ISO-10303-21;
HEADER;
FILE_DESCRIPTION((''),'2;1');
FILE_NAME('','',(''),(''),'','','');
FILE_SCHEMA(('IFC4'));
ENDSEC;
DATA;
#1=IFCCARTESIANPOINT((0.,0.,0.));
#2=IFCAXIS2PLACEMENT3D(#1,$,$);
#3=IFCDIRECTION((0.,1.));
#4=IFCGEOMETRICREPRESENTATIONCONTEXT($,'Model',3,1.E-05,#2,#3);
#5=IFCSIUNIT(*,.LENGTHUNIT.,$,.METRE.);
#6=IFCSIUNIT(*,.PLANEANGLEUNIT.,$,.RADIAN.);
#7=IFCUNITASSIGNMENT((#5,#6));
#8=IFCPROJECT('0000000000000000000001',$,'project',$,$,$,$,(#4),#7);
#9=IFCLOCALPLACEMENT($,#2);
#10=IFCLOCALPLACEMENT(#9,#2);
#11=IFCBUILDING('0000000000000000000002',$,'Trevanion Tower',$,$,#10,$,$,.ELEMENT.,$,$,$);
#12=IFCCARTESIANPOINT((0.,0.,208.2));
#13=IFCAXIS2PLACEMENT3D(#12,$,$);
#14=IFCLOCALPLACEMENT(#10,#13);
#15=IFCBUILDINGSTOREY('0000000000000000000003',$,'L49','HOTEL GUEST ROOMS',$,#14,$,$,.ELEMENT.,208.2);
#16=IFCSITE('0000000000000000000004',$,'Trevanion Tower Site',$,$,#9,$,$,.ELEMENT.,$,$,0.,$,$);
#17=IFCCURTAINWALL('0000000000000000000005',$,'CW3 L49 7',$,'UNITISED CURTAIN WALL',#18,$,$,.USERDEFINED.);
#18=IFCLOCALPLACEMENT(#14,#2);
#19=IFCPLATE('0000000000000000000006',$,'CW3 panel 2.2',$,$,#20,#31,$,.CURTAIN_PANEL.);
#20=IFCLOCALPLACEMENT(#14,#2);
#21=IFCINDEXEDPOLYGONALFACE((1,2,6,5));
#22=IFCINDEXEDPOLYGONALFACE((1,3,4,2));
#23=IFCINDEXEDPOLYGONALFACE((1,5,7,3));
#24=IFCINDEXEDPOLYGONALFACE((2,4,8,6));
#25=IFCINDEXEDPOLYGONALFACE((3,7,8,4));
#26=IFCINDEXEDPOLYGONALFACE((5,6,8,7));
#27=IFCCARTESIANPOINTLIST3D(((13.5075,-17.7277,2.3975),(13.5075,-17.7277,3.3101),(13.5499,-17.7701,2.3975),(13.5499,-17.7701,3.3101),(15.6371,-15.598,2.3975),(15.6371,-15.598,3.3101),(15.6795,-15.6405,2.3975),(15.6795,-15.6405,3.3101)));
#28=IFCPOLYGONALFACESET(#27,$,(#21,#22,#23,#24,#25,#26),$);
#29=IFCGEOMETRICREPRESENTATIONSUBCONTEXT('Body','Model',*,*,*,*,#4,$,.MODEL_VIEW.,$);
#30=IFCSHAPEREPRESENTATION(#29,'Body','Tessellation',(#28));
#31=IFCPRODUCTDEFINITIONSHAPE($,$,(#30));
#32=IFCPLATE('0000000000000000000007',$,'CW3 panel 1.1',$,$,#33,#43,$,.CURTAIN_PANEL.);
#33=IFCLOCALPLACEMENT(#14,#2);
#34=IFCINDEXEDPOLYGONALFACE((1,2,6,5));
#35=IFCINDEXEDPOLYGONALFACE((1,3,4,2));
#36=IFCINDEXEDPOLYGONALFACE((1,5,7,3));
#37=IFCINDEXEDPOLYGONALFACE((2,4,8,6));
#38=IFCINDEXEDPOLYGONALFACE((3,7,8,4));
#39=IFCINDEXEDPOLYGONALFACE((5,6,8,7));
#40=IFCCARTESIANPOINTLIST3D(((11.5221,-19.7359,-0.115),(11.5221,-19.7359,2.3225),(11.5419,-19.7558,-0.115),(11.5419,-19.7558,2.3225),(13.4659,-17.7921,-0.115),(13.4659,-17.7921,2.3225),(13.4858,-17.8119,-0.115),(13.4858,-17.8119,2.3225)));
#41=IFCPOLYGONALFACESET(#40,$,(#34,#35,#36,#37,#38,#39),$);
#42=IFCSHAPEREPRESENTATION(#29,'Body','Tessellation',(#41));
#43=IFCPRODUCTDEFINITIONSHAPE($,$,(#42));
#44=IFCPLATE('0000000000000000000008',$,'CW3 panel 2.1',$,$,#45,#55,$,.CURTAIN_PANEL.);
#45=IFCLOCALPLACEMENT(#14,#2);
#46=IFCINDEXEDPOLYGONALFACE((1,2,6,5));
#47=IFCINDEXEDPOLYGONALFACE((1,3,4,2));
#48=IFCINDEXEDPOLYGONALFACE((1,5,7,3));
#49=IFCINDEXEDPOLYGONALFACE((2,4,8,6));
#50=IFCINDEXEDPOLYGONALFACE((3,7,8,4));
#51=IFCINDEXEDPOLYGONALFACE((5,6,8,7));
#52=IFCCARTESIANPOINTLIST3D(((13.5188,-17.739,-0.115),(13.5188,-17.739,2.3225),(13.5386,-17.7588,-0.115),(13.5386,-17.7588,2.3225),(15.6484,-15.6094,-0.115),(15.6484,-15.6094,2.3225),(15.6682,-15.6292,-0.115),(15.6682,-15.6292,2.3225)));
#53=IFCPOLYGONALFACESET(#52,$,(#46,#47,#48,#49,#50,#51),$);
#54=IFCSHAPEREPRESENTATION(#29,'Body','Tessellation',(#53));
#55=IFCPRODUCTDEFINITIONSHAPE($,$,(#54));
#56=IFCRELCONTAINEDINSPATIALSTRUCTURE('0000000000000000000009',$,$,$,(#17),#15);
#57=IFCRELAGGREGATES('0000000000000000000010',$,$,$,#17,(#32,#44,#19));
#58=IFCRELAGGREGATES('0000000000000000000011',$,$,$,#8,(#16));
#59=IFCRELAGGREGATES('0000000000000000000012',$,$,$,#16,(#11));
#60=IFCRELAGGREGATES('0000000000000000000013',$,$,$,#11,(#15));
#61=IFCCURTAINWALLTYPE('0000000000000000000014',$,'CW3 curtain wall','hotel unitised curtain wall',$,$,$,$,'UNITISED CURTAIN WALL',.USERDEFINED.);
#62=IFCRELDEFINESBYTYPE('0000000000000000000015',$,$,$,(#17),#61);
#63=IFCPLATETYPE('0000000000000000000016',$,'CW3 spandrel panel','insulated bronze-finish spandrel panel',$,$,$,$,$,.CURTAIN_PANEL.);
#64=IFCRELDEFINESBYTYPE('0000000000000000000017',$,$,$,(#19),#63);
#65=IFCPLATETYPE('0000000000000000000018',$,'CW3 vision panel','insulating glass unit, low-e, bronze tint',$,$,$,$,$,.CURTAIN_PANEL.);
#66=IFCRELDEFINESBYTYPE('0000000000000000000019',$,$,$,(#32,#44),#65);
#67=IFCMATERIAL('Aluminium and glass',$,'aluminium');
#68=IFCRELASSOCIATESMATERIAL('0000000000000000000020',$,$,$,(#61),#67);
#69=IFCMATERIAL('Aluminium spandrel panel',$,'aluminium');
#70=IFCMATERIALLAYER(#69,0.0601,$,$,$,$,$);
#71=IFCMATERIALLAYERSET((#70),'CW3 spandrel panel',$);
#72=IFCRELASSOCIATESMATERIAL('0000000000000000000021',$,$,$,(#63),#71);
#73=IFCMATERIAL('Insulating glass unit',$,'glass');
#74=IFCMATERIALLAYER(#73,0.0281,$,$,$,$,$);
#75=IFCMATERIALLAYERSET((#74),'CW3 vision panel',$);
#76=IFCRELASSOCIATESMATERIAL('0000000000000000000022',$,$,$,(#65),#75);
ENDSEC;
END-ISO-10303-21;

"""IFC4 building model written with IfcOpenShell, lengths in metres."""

from ifc_helpers import new_model, si_unit, direction, frame, origin, origin_2d, place, context, subcontext, project, spatial, rectangle, extrude, material, layer, layer_set, type_object, element, aggregate, save


model = new_model("IFC4")

# Units and contexts
model_context = context("Model", 3, precision=1e-05, world=origin(), true_north=direction((0.0, 1.0)))
body_context = subcontext(model_context, "Body", "Model", "MODEL_VIEW")
ifc_project = project(units=[si_unit("LENGTHUNIT", "METRE"), si_unit("PLANEANGLEUNIT", "RADIAN")], contexts=[model_context])

# Site, building, storey
site_placement = place(None, origin())
site = spatial("IfcSite", under=ifc_project, at=site_placement, Name="Trevanion Tower Site", CompositionType="ELEMENT", RefElevation=0.0)
building_placement = place(site_placement, origin())
building = spatial("IfcBuilding", under=site, at=building_placement, Name="Trevanion Tower", CompositionType="ELEMENT")
storey_placement = place(building_placement, frame((0.0, 0.0, 208.2)))
storey = spatial("IfcBuildingStorey", under=building, at=storey_placement, Name="L49", Description="HOTEL GUEST ROOMS", CompositionType="ELEMENT", Elevation=208.2)

# Curtain wall
ifc_material_1 = material(Name="Aluminium and glass", Category="aluminium")
curtain_wall_type = type_object("IfcCurtainWallType", Name="CW3 curtain wall", Description="hotel unitised curtain wall", ElementType="UNITISED CURTAIN WALL", PredefinedType="USERDEFINED", material=ifc_material_1)
curtain_wall_1_placement = place(storey_placement, origin())
curtain_wall_1 = element("IfcCurtainWall", 1, at=curtain_wall_1_placement, inside=storey, type_object=curtain_wall_type, Name="CW3 L49 7", ObjectType="UNITISED CURTAIN WALL", PredefinedType="USERDEFINED")

# Plates
ifc_material_2 = material(Name="Aluminium spandrel panel", Category="aluminium")
ifc_layer_1 = layer(ifc_material_2, 0.0601)
ifc_layer_set_1 = layer_set([ifc_layer_1], Name="CW3 spandrel panel")
plate_type_1 = type_object("IfcPlateType", Name="CW3 spandrel panel", Description="insulated bronze-finish spandrel panel", PredefinedType="CURTAIN_PANEL", material=ifc_layer_set_1)
plate_1_placement = place(storey_placement, frame((14.5935, -16.6841, 2.3975), z_axis=(0.0, 0.0, 1.0), x_axis=(0.707107, 0.707107, 0.0)))
plate_1 = element("IfcPlate", 2, at=plate_1_placement, type_object=plate_type_1, Name="CW3 panel 2.2", PredefinedType="CURTAIN_PANEL", context=body_context, shape_type="SweptSolid", body=[
    extrude(rectangle(XDim=3.0117, YDim=0.0601, at=origin_2d()), origin(), (0.0, 0.0, 1.0), 0.9126),
])
ifc_material_3 = material(Name="Insulating glass unit", Category="glass")
ifc_layer_2 = layer(ifc_material_3, 0.0281)
ifc_layer_set_2 = layer_set([ifc_layer_2], Name="CW3 vision panel")
plate_type_2 = type_object("IfcPlateType", Name="CW3 vision panel", Description="insulating glass unit, low-e, bronze tint", PredefinedType="CURTAIN_PANEL", material=ifc_layer_set_2)
plate_2_placement = place(storey_placement, frame((12.5039, -18.7739, -0.115), z_axis=(0.0, 0.0, 1.0), x_axis=(0.707107, 0.707107, 0.0)))
plate_2 = element("IfcPlate", 3, at=plate_2_placement, type_object=plate_type_2, Name="CW3 panel 1.1", PredefinedType="CURTAIN_PANEL", context=body_context, shape_type="SweptSolid", body=[
    extrude(rectangle(XDim=2.749, YDim=0.0281, at=origin_2d()), origin(), (0.0, 0.0, 1.0), 2.4375),
])
plate_3_placement = place(storey_placement, frame((14.5935, -16.6841, -0.115), z_axis=(0.0, 0.0, 1.0), x_axis=(0.707107, 0.707107, 0.0)))
plate_3 = element("IfcPlate", 4, at=plate_3_placement, type_object=plate_type_2, Name="CW3 panel 2.1", PredefinedType="CURTAIN_PANEL", context=body_context, shape_type="SweptSolid", body=[
    extrude(rectangle(XDim=3.0117, YDim=0.0281, at=origin_2d()), origin(), (0.0, 0.0, 1.0), 2.4375),
])
aggregate(curtain_wall_1, [plate_2, plate_3, plate_1])

save(model, "model.ifc")
